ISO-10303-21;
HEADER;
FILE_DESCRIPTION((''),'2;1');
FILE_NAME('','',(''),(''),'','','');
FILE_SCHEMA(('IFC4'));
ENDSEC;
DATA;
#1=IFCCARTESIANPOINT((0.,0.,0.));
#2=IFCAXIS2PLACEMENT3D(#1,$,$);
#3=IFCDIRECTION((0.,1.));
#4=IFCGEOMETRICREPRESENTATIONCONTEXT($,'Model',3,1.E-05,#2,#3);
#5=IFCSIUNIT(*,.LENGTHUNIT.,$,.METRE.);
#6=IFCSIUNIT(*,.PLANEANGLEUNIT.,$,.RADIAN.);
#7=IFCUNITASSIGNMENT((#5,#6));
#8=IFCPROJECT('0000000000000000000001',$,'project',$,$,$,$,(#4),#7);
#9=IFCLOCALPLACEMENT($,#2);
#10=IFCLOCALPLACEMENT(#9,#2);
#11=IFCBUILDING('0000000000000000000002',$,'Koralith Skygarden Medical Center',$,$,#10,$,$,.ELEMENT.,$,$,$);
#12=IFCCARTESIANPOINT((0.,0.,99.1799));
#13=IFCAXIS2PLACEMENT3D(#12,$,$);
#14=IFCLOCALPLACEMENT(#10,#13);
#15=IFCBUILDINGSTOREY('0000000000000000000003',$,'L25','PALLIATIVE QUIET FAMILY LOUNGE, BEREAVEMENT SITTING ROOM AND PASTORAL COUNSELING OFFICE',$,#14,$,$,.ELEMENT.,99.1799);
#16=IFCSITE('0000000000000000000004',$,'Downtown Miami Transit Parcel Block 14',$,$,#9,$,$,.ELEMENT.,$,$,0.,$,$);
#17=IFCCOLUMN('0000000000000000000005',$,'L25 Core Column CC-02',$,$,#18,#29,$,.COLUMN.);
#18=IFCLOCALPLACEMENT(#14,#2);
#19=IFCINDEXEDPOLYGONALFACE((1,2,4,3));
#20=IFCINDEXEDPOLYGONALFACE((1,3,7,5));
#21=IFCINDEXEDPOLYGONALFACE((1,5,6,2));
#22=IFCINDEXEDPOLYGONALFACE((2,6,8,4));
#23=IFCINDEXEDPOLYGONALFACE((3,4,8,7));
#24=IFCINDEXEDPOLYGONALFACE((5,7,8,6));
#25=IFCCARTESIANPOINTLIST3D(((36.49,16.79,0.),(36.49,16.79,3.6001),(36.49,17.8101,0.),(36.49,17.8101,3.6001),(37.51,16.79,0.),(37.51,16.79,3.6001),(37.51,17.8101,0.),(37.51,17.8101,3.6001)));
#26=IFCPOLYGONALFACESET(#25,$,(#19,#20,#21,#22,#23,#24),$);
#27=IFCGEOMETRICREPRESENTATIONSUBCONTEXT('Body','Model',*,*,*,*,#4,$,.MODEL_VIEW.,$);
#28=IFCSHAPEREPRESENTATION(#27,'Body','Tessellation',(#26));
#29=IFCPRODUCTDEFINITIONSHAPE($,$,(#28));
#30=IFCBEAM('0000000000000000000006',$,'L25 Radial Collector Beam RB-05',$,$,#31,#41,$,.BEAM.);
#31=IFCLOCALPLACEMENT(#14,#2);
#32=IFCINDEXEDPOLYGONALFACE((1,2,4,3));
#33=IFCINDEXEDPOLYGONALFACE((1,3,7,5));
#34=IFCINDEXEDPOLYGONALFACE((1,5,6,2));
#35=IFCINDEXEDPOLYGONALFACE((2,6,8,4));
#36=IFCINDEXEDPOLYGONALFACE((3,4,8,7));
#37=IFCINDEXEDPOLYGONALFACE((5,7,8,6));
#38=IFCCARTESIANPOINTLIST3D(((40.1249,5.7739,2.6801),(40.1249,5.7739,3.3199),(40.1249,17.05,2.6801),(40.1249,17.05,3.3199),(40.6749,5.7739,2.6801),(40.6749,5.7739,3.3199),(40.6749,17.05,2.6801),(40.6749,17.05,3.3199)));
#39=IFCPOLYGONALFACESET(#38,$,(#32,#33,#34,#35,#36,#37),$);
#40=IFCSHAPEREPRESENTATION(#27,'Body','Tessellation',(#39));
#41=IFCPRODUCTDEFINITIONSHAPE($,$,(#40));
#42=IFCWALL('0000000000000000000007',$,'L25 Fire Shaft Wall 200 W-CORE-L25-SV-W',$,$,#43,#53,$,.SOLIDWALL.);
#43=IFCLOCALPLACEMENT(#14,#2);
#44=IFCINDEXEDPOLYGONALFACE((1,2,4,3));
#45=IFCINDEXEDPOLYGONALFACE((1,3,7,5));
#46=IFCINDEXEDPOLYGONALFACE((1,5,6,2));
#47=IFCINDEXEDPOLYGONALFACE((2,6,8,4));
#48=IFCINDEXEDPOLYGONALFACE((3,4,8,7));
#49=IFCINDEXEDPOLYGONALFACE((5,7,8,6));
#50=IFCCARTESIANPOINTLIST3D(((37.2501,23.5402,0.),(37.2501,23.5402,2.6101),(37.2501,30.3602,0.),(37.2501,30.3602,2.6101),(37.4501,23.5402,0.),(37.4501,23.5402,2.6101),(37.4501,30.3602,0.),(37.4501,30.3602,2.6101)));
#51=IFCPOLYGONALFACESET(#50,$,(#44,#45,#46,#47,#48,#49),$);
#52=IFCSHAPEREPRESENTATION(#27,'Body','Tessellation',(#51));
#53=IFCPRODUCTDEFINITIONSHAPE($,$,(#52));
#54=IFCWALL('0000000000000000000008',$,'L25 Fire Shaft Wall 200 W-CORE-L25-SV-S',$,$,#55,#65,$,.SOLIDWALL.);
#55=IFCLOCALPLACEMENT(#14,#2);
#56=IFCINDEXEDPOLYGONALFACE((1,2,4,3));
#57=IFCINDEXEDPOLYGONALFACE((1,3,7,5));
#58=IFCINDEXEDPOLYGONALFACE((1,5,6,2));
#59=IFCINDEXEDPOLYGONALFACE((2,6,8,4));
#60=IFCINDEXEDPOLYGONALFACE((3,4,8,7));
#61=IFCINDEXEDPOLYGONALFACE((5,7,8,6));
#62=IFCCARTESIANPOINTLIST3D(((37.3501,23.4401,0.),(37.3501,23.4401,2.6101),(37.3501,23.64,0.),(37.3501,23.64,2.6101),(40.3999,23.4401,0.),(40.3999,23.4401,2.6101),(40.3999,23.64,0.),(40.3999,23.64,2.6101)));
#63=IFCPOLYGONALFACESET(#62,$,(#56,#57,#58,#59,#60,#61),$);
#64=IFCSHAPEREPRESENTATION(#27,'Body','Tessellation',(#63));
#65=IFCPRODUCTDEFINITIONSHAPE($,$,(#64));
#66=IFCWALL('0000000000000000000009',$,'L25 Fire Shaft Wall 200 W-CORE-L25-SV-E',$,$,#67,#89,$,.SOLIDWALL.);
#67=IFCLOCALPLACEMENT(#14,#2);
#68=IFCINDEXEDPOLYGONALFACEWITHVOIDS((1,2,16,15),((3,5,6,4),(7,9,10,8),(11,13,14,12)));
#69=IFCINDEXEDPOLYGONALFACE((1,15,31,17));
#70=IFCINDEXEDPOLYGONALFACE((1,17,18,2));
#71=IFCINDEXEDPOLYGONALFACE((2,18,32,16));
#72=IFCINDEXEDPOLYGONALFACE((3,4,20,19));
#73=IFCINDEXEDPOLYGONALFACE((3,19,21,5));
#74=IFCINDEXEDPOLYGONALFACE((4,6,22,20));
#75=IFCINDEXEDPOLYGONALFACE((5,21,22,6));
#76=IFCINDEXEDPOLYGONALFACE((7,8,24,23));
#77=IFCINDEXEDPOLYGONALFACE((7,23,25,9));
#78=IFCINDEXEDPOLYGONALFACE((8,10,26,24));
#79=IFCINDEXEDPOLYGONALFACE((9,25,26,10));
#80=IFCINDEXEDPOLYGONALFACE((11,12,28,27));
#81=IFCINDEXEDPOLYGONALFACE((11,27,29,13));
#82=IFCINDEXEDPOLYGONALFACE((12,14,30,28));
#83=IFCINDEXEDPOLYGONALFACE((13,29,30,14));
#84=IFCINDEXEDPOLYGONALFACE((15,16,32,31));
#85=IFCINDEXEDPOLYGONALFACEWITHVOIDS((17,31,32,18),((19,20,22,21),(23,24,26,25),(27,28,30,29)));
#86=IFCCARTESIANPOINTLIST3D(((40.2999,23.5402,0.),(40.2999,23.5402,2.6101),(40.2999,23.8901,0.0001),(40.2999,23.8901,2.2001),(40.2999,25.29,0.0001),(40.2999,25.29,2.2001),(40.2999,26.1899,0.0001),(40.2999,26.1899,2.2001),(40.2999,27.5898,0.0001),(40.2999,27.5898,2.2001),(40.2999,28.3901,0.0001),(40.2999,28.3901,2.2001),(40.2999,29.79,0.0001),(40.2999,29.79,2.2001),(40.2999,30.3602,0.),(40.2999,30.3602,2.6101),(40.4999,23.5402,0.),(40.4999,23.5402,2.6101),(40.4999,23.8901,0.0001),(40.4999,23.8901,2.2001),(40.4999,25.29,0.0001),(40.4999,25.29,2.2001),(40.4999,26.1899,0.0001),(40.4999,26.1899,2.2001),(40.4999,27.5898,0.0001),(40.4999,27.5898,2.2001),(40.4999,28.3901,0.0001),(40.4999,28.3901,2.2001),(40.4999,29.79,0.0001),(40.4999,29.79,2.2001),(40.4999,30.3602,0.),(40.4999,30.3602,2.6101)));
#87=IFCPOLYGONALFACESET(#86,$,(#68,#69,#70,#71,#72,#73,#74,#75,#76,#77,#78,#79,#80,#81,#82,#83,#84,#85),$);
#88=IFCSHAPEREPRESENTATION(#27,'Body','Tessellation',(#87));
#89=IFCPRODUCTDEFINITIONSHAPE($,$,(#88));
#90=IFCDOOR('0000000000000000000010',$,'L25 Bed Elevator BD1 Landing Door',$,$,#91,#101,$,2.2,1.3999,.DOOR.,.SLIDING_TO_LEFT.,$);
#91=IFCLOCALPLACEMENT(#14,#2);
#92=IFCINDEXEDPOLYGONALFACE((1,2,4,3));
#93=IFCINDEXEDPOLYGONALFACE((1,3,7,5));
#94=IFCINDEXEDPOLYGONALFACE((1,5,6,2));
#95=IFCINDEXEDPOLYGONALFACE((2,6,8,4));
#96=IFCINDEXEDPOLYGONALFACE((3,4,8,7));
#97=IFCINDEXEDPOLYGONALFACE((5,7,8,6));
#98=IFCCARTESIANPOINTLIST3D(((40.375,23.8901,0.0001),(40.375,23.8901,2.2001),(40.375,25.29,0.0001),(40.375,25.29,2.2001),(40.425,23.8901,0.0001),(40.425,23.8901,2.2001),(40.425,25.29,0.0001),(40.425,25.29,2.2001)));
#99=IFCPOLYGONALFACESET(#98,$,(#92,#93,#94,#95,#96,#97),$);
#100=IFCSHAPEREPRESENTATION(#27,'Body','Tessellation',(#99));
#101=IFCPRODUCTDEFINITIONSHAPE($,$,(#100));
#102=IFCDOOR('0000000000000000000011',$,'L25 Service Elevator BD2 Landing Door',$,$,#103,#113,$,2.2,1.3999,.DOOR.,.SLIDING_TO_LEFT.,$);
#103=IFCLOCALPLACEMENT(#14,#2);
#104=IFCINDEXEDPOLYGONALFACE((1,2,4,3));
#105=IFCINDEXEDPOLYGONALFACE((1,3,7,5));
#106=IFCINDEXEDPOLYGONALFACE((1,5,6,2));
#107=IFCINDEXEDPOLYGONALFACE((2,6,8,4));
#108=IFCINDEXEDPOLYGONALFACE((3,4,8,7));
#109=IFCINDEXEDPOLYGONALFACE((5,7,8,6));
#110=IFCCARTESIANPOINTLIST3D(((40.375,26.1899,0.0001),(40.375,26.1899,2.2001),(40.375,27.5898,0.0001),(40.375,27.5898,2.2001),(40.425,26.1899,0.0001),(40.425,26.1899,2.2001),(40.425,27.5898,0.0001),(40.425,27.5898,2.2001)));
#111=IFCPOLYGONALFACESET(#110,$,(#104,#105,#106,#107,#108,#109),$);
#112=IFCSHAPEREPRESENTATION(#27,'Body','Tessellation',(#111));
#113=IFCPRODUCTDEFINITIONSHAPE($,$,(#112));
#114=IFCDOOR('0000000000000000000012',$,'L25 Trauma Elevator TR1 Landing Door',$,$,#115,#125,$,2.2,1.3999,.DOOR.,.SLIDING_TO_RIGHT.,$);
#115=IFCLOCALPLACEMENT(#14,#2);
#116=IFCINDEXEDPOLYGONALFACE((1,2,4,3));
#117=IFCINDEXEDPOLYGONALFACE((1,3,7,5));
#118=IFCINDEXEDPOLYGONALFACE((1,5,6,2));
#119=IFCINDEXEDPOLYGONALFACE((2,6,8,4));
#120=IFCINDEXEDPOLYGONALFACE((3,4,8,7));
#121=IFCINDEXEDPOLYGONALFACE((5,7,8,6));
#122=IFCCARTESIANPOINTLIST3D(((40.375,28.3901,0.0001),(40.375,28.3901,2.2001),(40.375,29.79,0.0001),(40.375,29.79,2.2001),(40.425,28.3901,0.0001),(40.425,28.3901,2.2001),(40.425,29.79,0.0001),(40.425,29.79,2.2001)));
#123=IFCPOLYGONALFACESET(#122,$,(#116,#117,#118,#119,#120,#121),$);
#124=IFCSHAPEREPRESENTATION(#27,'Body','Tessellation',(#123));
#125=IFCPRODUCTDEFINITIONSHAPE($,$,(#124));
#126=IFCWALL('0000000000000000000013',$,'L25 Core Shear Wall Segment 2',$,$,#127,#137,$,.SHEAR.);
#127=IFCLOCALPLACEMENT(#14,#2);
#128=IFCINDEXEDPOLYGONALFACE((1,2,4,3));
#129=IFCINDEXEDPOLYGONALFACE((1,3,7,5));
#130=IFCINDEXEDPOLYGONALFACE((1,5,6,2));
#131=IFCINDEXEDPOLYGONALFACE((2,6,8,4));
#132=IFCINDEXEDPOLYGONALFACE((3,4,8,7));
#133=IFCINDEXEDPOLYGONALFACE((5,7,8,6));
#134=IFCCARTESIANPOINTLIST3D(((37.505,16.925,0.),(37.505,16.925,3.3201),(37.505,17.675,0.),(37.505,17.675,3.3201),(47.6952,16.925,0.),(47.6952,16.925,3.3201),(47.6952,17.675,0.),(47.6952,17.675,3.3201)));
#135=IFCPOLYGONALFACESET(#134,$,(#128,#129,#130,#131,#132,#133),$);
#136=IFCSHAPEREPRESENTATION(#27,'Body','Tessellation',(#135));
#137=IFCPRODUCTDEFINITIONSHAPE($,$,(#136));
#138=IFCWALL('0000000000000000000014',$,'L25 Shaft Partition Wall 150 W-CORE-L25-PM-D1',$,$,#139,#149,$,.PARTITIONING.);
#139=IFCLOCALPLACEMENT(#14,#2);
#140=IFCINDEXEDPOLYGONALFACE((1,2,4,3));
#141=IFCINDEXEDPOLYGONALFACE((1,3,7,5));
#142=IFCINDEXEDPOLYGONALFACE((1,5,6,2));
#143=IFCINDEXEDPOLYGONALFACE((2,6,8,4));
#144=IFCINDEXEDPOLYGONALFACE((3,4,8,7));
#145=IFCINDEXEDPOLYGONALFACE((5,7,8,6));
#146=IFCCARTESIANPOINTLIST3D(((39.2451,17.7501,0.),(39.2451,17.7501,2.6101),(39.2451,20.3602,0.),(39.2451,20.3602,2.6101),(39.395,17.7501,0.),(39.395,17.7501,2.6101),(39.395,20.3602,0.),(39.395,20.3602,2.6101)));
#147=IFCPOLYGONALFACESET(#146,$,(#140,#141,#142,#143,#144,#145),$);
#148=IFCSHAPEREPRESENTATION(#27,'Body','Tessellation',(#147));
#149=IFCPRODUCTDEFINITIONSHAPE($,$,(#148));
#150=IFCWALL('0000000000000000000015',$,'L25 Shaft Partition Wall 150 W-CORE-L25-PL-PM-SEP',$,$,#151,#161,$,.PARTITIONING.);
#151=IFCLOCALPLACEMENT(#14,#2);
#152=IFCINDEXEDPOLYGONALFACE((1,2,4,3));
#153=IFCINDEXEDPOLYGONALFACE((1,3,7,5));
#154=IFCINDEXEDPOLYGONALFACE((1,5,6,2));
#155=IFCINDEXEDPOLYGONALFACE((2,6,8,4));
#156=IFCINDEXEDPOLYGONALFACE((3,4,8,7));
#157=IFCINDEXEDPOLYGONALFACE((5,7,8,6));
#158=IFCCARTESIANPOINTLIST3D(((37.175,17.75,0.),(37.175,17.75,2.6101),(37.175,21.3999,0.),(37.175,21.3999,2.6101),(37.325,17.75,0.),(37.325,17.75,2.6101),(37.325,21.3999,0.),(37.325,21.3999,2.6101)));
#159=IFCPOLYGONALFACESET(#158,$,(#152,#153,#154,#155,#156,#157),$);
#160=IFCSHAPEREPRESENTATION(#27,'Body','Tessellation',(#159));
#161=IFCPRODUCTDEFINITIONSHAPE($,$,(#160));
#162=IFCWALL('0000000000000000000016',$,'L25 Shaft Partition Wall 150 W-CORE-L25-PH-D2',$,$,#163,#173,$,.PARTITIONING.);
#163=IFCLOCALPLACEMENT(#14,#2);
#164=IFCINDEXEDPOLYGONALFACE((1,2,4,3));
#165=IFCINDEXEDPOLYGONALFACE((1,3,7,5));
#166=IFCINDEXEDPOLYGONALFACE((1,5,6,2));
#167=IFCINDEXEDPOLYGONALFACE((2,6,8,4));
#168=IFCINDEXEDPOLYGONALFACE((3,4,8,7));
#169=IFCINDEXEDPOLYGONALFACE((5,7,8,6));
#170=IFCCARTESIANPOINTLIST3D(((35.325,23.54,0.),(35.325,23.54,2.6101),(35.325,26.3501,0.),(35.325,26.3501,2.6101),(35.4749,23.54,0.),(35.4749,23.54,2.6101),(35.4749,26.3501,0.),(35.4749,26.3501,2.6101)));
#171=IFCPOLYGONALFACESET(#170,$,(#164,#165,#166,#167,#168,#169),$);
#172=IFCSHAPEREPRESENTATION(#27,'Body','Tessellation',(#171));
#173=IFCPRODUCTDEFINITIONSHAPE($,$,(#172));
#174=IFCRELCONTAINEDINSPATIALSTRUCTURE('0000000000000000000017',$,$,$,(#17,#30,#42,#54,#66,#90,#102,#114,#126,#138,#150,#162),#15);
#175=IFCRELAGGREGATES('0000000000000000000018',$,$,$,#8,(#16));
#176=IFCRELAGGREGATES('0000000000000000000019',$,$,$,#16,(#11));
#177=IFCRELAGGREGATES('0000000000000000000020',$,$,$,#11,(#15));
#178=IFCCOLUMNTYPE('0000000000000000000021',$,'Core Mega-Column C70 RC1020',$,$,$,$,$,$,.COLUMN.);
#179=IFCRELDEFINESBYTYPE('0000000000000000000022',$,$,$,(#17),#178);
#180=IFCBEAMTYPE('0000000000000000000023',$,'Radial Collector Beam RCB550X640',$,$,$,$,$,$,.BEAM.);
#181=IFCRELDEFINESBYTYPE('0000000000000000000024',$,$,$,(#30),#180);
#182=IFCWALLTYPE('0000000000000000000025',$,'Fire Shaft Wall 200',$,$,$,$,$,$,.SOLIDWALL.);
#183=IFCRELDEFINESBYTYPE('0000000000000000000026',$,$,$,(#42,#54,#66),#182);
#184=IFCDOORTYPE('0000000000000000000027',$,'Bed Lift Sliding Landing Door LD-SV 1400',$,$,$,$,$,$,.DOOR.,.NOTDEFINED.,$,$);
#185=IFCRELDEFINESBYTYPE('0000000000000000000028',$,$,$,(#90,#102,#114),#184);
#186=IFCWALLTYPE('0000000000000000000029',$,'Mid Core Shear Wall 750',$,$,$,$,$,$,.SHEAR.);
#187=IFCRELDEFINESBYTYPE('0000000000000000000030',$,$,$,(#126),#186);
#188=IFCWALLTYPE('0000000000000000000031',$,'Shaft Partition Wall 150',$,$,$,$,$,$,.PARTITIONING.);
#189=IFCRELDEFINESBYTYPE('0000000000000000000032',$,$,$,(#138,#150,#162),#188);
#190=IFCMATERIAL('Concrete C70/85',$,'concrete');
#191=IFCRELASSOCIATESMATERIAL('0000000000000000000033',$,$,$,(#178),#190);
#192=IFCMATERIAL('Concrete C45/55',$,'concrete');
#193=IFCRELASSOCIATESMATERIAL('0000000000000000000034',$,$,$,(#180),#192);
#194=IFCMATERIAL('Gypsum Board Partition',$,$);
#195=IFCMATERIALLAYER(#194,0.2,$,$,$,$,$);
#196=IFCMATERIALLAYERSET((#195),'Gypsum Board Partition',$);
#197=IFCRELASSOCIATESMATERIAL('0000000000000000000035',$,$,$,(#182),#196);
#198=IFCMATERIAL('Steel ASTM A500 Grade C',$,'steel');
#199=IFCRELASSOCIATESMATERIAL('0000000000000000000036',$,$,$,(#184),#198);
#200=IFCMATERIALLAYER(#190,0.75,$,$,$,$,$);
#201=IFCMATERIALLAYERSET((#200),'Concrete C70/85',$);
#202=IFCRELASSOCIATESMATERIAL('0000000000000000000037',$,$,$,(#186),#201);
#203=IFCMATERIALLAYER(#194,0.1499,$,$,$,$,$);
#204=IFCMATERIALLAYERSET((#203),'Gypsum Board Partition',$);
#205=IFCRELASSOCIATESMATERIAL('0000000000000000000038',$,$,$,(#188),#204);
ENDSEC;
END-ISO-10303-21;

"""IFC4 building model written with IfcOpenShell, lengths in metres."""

from ifc_helpers import new_model, si_unit, direction, frame, frame_2d, origin, origin_2d, place, context, subcontext, project, spatial, rectangle, extrude, material, layer, layer_set, material_profile, profile_set, type_object, element, fill, save


model = new_model("IFC4")

# Units and contexts
model_context = context("Model", 3, precision=1e-05, world=origin(), true_north=direction((0.0, 1.0)))
body_context = subcontext(model_context, "Body", "Model", "MODEL_VIEW")
ifc_project = project(units=[si_unit("LENGTHUNIT", "METRE"), si_unit("PLANEANGLEUNIT", "RADIAN")], contexts=[model_context])

# Site, building, storey
site_placement = place(None, origin())
site = spatial("IfcSite", under=ifc_project, at=site_placement, Name="Downtown Miami Transit Parcel Block 14", CompositionType="ELEMENT", RefElevation=0.0)
building_placement = place(site_placement, origin())
building = spatial("IfcBuilding", under=site, at=building_placement, Name="Koralith Skygarden Medical Center", CompositionType="ELEMENT")
storey_placement = place(building_placement, frame((0.0, 0.0, 99.1799)))
storey = spatial("IfcBuildingStorey", under=building, at=storey_placement, Name="L25", Description="PALLIATIVE QUIET FAMILY LOUNGE, BEREAVEMENT SITTING ROOM AND PASTORAL COUNSELING OFFICE", CompositionType="ELEMENT", Elevation=99.1799)

# Column
ifc_material_1 = material(Name="Concrete C70/85", Category="concrete")
ifc_material_profile_1 = material_profile(ifc_material_1, rectangle(XDim=1.02, YDim=1.02, at=origin_2d()), Name="RC1020X1020")
ifc_profile_set_1 = profile_set([ifc_material_profile_1], Name="Concrete C70/85")
column_type = type_object("IfcColumnType", Name="Core Mega-Column C70 RC1020", PredefinedType="COLUMN", material=ifc_profile_set_1)
column_placement = place(storey_placement, frame((37.0, 17.3, 0.0), z_axis=(0.0, 0.0, 1.0), x_axis=(1.0, 0.0, 0.0)))
element("IfcColumn", 1, at=column_placement, inside=storey, type_object=column_type, Name="L25 Core Column CC-02", PredefinedType="COLUMN", context=body_context, shape_type="SweptSolid", body=[
    extrude(rectangle(XDim=1.02, YDim=1.02, at=origin_2d()), origin(), (0.0, 0.0, 1.0), 3.6001),
])

# Beam
ifc_material_2 = material(Name="Concrete C45/55", Category="concrete")
ifc_material_profile_2 = material_profile(ifc_material_2, rectangle(XDim=0.55, YDim=0.6399, at=origin_2d()), Name="RCB550X640")
ifc_profile_set_2 = profile_set([ifc_material_profile_2], Name="Concrete C45/55")
beam_type = type_object("IfcBeamType", Name="Radial Collector Beam RCB550X640", PredefinedType="BEAM", material=ifc_profile_set_2)
beam_placement = place(storey_placement, frame((40.3999, 17.05, 3.0), z_axis=(0.0, -1.0, 0.0), x_axis=(1.0, 0.0, 0.0)))
element("IfcBeam", 2, at=beam_placement, inside=storey, type_object=beam_type, Name="L25 Radial Collector Beam RB-05", PredefinedType="BEAM", context=body_context, shape_type="SweptSolid", body=[
    extrude(rectangle(XDim=0.55, YDim=0.6399, at=origin_2d()), origin(), (0.0, 0.0, 1.0), 11.2761),
])

# Shared definitions
ifc_material_3 = material(Name="Gypsum Board Partition")
ifc_layer_1 = layer(ifc_material_3, 0.2)
ifc_layer_set_1 = layer_set([ifc_layer_1], Name="Gypsum Board Partition")
wall_type_1 = type_object("IfcWallType", Name="Fire Shaft Wall 200", PredefinedType="SOLIDWALL", material=ifc_layer_set_1)
ifc_material_4 = material(Name="Steel ASTM A500 Grade C", Category="steel")

# Walls
wall_1_placement = place(storey_placement, frame((37.3501, 23.54, 0.0), z_axis=(0.0, 0.0, 1.0), x_axis=(0.0, 1.0, 0.0)))
element("IfcWall", 3, at=wall_1_placement, inside=storey, type_object=wall_type_1, Name="L25 Fire Shaft Wall 200 W-CORE-L25-SV-W", PredefinedType="SOLIDWALL", context=body_context, shape_type="SweptSolid", body=[
    extrude(rectangle(XDim=6.8201, YDim=0.2, at=frame_2d((3.4102, 0.0))), origin(), (0.0, 0.0, 1.0), 2.6101),
])
wall_2_placement = place(storey_placement, frame((37.3501, 23.54, 0.0), z_axis=(0.0, 0.0, 1.0), x_axis=(1.0, 0.0, 0.0)))
element("IfcWall", 4, at=wall_2_placement, inside=storey, type_object=wall_type_1, Name="L25 Fire Shaft Wall 200 W-CORE-L25-SV-S", PredefinedType="SOLIDWALL", context=body_context, shape_type="SweptSolid", body=[
    extrude(rectangle(XDim=3.0498, YDim=0.2, at=frame_2d((1.5249, 0.0))), origin(), (0.0, 0.0, 1.0), 2.6101),
])

# Wall, openings, doors
wall_3_placement = place(storey_placement, frame((40.3999, 23.54, 0.0), z_axis=(0.0, 0.0, 1.0), x_axis=(0.0, 1.0, 0.0)))
wall_3 = element("IfcWall", 5, at=wall_3_placement, inside=storey, type_object=wall_type_1, Name="L25 Fire Shaft Wall 200 W-CORE-L25-SV-E", PredefinedType="SOLIDWALL", context=body_context, shape_type="SweptSolid", body=[
    extrude(rectangle(XDim=6.8201, YDim=0.2, at=frame_2d((3.4102, 0.0))), origin(), (0.0, 0.0, 1.0), 2.6101),
])
opening_1_placement = place(wall_3_placement, frame((0.3501, 0.0, 0.0)))
opening_1 = element("IfcOpeningElement", 6, at=opening_1_placement, cuts=wall_3, PredefinedType="OPENING", context=body_context, shape_type="SweptSolid", body=[
    extrude(rectangle(XDim=1.3999, YDim=2.2, at=frame_2d((0.7, 1.1001))), frame((0.0, 0.1099, 0.0), z_axis=(0.0, -1.0, 0.0), x_axis=(1.0, 0.0, 0.0)), (0.0, 0.0, 1.0), 0.22),
])
opening_2_placement = place(wall_3_placement, frame((2.6499, 0.0, 0.0)))
opening_2 = element("IfcOpeningElement", 7, at=opening_2_placement, cuts=wall_3, PredefinedType="OPENING", context=body_context, shape_type="SweptSolid", body=[
    extrude(rectangle(XDim=1.3999, YDim=2.2, at=frame_2d((0.7, 1.1001))), frame((0.0, 0.1099, 0.0), z_axis=(0.0, -1.0, 0.0), x_axis=(1.0, 0.0, 0.0)), (0.0, 0.0, 1.0), 0.22),
])
opening_3_placement = place(wall_3_placement, frame((4.8501, 0.0, 0.0)))
opening_3 = element("IfcOpeningElement", 8, at=opening_3_placement, cuts=wall_3, PredefinedType="OPENING", context=body_context, shape_type="SweptSolid", body=[
    extrude(rectangle(XDim=1.3999, YDim=2.2, at=frame_2d((0.7, 1.1001))), frame((0.0, 0.1099, 0.0), z_axis=(0.0, -1.0, 0.0), x_axis=(1.0, 0.0, 0.0)), (0.0, 0.0, 1.0), 0.22),
])
door_type_1 = type_object("IfcDoorType", Name="Bed Lift Sliding Landing Door LD-SV 1400", OperationType="NOTDEFINED", PredefinedType="DOOR", material=ifc_material_4)
door_1_placement = place(opening_1_placement, origin())
door_1 = element("IfcDoor", 9, at=door_1_placement, inside=storey, type_object=door_type_1, Name="L25 Bed Elevator BD1 Landing Door", OperationType="SLIDING_TO_LEFT", OverallHeight=2.2, OverallWidth=1.3999, PredefinedType="DOOR", context=body_context, shape_type="SweptSolid", body=[
    extrude(rectangle(XDim=1.3999, YDim=2.2, at=frame_2d((0.7, 1.1001))), frame((0.0, 0.0249, 0.0), z_axis=(0.0, -1.0, 0.0), x_axis=(1.0, 0.0, 0.0)), (0.0, 0.0, 1.0), 0.05),
])
fill(opening_1, door_1)
door_2_placement = place(opening_2_placement, origin())
door_2 = element("IfcDoor", 10, at=door_2_placement, inside=storey, type_object=door_type_1, Name="L25 Service Elevator BD2 Landing Door", OperationType="SLIDING_TO_LEFT", OverallHeight=2.2, OverallWidth=1.3999, PredefinedType="DOOR", context=body_context, shape_type="SweptSolid", body=[
    extrude(rectangle(XDim=1.3999, YDim=2.2, at=frame_2d((0.7, 1.1001))), frame((0.0, 0.0249, 0.0), z_axis=(0.0, -1.0, 0.0), x_axis=(1.0, 0.0, 0.0)), (0.0, 0.0, 1.0), 0.05),
])
fill(opening_2, door_2)
door_3_placement = place(opening_3_placement, origin())
door_3 = element("IfcDoor", 11, at=door_3_placement, inside=storey, type_object=door_type_1, Name="L25 Trauma Elevator TR1 Landing Door", OperationType="SLIDING_TO_RIGHT", OverallHeight=2.2, OverallWidth=1.3999, PredefinedType="DOOR", context=body_context, shape_type="SweptSolid", body=[
    extrude(rectangle(XDim=1.3999, YDim=2.2, at=frame_2d((0.7, 1.1001))), frame((0.0, 0.0249, 0.0), z_axis=(0.0, -1.0, 0.0), x_axis=(1.0, 0.0, 0.0)), (0.0, 0.0, 1.0), 0.05),
])
fill(opening_3, door_3)

# Walls
ifc_layer_2 = layer(ifc_material_1, 0.75)
ifc_layer_set_2 = layer_set([ifc_layer_2], Name="Concrete C70/85")
wall_type_2 = type_object("IfcWallType", Name="Mid Core Shear Wall 750", PredefinedType="SHEAR", material=ifc_layer_set_2)
wall_4_placement = place(storey_placement, frame((37.5049, 17.3, 0.0), z_axis=(0.0, 0.0, 1.0), x_axis=(1.0, 0.0, 0.0)))
element("IfcWall", 12, at=wall_4_placement, inside=storey, type_object=wall_type_2, Name="L25 Core Shear Wall Segment 2", PredefinedType="SHEAR", context=body_context, shape_type="SweptSolid", body=[
    extrude(rectangle(XDim=10.1902, YDim=0.75, at=frame_2d((5.0952, 0.0))), origin(), (0.0, 0.0, 1.0), 3.3201),
])
ifc_layer_3 = layer(ifc_material_3, 0.1499)
ifc_layer_set_3 = layer_set([ifc_layer_3], Name="Gypsum Board Partition")
wall_type_3 = type_object("IfcWallType", Name="Shaft Partition Wall 150", PredefinedType="PARTITIONING", material=ifc_layer_set_3)
wall_5_placement = place(storey_placement, frame((39.3201, 17.75, 0.0), z_axis=(0.0, 0.0, 1.0), x_axis=(0.0, 1.0, 0.0)))
element("IfcWall", 13, at=wall_5_placement, inside=storey, type_object=wall_type_3, Name="L25 Shaft Partition Wall 150 W-CORE-L25-PM-D1", PredefinedType="PARTITIONING", context=body_context, shape_type="SweptSolid", body=[
    extrude(rectangle(XDim=2.6101, YDim=0.1499, at=frame_2d((1.3052, 0.0))), origin(), (0.0, 0.0, 1.0), 2.6101),
])
wall_6_placement = place(storey_placement, frame((37.25, 17.75, 0.0), z_axis=(0.0, 0.0, 1.0), x_axis=(0.0, 1.0, 0.0)))
element("IfcWall", 14, at=wall_6_placement, inside=storey, type_object=wall_type_3, Name="L25 Shaft Partition Wall 150 W-CORE-L25-PL-PM-SEP", PredefinedType="PARTITIONING", context=body_context, shape_type="SweptSolid", body=[
    extrude(rectangle(XDim=3.6499, YDim=0.1499, at=frame_2d((1.825, 0.0))), origin(), (0.0, 0.0, 1.0), 2.6101),
])
wall_7_placement = place(storey_placement, frame((35.3999, 23.54, 0.0), z_axis=(0.0, 0.0, 1.0), x_axis=(0.0, 1.0, 0.0)))
element("IfcWall", 15, at=wall_7_placement, inside=storey, type_object=wall_type_3, Name="L25 Shaft Partition Wall 150 W-CORE-L25-PH-D2", PredefinedType="PARTITIONING", context=body_context, shape_type="SweptSolid", body=[
    extrude(rectangle(XDim=2.8101, YDim=0.1499, at=frame_2d((1.405, 0.0))), origin(), (0.0, 0.0, 1.0), 2.6101),
])

save(model, "model.ifc")
